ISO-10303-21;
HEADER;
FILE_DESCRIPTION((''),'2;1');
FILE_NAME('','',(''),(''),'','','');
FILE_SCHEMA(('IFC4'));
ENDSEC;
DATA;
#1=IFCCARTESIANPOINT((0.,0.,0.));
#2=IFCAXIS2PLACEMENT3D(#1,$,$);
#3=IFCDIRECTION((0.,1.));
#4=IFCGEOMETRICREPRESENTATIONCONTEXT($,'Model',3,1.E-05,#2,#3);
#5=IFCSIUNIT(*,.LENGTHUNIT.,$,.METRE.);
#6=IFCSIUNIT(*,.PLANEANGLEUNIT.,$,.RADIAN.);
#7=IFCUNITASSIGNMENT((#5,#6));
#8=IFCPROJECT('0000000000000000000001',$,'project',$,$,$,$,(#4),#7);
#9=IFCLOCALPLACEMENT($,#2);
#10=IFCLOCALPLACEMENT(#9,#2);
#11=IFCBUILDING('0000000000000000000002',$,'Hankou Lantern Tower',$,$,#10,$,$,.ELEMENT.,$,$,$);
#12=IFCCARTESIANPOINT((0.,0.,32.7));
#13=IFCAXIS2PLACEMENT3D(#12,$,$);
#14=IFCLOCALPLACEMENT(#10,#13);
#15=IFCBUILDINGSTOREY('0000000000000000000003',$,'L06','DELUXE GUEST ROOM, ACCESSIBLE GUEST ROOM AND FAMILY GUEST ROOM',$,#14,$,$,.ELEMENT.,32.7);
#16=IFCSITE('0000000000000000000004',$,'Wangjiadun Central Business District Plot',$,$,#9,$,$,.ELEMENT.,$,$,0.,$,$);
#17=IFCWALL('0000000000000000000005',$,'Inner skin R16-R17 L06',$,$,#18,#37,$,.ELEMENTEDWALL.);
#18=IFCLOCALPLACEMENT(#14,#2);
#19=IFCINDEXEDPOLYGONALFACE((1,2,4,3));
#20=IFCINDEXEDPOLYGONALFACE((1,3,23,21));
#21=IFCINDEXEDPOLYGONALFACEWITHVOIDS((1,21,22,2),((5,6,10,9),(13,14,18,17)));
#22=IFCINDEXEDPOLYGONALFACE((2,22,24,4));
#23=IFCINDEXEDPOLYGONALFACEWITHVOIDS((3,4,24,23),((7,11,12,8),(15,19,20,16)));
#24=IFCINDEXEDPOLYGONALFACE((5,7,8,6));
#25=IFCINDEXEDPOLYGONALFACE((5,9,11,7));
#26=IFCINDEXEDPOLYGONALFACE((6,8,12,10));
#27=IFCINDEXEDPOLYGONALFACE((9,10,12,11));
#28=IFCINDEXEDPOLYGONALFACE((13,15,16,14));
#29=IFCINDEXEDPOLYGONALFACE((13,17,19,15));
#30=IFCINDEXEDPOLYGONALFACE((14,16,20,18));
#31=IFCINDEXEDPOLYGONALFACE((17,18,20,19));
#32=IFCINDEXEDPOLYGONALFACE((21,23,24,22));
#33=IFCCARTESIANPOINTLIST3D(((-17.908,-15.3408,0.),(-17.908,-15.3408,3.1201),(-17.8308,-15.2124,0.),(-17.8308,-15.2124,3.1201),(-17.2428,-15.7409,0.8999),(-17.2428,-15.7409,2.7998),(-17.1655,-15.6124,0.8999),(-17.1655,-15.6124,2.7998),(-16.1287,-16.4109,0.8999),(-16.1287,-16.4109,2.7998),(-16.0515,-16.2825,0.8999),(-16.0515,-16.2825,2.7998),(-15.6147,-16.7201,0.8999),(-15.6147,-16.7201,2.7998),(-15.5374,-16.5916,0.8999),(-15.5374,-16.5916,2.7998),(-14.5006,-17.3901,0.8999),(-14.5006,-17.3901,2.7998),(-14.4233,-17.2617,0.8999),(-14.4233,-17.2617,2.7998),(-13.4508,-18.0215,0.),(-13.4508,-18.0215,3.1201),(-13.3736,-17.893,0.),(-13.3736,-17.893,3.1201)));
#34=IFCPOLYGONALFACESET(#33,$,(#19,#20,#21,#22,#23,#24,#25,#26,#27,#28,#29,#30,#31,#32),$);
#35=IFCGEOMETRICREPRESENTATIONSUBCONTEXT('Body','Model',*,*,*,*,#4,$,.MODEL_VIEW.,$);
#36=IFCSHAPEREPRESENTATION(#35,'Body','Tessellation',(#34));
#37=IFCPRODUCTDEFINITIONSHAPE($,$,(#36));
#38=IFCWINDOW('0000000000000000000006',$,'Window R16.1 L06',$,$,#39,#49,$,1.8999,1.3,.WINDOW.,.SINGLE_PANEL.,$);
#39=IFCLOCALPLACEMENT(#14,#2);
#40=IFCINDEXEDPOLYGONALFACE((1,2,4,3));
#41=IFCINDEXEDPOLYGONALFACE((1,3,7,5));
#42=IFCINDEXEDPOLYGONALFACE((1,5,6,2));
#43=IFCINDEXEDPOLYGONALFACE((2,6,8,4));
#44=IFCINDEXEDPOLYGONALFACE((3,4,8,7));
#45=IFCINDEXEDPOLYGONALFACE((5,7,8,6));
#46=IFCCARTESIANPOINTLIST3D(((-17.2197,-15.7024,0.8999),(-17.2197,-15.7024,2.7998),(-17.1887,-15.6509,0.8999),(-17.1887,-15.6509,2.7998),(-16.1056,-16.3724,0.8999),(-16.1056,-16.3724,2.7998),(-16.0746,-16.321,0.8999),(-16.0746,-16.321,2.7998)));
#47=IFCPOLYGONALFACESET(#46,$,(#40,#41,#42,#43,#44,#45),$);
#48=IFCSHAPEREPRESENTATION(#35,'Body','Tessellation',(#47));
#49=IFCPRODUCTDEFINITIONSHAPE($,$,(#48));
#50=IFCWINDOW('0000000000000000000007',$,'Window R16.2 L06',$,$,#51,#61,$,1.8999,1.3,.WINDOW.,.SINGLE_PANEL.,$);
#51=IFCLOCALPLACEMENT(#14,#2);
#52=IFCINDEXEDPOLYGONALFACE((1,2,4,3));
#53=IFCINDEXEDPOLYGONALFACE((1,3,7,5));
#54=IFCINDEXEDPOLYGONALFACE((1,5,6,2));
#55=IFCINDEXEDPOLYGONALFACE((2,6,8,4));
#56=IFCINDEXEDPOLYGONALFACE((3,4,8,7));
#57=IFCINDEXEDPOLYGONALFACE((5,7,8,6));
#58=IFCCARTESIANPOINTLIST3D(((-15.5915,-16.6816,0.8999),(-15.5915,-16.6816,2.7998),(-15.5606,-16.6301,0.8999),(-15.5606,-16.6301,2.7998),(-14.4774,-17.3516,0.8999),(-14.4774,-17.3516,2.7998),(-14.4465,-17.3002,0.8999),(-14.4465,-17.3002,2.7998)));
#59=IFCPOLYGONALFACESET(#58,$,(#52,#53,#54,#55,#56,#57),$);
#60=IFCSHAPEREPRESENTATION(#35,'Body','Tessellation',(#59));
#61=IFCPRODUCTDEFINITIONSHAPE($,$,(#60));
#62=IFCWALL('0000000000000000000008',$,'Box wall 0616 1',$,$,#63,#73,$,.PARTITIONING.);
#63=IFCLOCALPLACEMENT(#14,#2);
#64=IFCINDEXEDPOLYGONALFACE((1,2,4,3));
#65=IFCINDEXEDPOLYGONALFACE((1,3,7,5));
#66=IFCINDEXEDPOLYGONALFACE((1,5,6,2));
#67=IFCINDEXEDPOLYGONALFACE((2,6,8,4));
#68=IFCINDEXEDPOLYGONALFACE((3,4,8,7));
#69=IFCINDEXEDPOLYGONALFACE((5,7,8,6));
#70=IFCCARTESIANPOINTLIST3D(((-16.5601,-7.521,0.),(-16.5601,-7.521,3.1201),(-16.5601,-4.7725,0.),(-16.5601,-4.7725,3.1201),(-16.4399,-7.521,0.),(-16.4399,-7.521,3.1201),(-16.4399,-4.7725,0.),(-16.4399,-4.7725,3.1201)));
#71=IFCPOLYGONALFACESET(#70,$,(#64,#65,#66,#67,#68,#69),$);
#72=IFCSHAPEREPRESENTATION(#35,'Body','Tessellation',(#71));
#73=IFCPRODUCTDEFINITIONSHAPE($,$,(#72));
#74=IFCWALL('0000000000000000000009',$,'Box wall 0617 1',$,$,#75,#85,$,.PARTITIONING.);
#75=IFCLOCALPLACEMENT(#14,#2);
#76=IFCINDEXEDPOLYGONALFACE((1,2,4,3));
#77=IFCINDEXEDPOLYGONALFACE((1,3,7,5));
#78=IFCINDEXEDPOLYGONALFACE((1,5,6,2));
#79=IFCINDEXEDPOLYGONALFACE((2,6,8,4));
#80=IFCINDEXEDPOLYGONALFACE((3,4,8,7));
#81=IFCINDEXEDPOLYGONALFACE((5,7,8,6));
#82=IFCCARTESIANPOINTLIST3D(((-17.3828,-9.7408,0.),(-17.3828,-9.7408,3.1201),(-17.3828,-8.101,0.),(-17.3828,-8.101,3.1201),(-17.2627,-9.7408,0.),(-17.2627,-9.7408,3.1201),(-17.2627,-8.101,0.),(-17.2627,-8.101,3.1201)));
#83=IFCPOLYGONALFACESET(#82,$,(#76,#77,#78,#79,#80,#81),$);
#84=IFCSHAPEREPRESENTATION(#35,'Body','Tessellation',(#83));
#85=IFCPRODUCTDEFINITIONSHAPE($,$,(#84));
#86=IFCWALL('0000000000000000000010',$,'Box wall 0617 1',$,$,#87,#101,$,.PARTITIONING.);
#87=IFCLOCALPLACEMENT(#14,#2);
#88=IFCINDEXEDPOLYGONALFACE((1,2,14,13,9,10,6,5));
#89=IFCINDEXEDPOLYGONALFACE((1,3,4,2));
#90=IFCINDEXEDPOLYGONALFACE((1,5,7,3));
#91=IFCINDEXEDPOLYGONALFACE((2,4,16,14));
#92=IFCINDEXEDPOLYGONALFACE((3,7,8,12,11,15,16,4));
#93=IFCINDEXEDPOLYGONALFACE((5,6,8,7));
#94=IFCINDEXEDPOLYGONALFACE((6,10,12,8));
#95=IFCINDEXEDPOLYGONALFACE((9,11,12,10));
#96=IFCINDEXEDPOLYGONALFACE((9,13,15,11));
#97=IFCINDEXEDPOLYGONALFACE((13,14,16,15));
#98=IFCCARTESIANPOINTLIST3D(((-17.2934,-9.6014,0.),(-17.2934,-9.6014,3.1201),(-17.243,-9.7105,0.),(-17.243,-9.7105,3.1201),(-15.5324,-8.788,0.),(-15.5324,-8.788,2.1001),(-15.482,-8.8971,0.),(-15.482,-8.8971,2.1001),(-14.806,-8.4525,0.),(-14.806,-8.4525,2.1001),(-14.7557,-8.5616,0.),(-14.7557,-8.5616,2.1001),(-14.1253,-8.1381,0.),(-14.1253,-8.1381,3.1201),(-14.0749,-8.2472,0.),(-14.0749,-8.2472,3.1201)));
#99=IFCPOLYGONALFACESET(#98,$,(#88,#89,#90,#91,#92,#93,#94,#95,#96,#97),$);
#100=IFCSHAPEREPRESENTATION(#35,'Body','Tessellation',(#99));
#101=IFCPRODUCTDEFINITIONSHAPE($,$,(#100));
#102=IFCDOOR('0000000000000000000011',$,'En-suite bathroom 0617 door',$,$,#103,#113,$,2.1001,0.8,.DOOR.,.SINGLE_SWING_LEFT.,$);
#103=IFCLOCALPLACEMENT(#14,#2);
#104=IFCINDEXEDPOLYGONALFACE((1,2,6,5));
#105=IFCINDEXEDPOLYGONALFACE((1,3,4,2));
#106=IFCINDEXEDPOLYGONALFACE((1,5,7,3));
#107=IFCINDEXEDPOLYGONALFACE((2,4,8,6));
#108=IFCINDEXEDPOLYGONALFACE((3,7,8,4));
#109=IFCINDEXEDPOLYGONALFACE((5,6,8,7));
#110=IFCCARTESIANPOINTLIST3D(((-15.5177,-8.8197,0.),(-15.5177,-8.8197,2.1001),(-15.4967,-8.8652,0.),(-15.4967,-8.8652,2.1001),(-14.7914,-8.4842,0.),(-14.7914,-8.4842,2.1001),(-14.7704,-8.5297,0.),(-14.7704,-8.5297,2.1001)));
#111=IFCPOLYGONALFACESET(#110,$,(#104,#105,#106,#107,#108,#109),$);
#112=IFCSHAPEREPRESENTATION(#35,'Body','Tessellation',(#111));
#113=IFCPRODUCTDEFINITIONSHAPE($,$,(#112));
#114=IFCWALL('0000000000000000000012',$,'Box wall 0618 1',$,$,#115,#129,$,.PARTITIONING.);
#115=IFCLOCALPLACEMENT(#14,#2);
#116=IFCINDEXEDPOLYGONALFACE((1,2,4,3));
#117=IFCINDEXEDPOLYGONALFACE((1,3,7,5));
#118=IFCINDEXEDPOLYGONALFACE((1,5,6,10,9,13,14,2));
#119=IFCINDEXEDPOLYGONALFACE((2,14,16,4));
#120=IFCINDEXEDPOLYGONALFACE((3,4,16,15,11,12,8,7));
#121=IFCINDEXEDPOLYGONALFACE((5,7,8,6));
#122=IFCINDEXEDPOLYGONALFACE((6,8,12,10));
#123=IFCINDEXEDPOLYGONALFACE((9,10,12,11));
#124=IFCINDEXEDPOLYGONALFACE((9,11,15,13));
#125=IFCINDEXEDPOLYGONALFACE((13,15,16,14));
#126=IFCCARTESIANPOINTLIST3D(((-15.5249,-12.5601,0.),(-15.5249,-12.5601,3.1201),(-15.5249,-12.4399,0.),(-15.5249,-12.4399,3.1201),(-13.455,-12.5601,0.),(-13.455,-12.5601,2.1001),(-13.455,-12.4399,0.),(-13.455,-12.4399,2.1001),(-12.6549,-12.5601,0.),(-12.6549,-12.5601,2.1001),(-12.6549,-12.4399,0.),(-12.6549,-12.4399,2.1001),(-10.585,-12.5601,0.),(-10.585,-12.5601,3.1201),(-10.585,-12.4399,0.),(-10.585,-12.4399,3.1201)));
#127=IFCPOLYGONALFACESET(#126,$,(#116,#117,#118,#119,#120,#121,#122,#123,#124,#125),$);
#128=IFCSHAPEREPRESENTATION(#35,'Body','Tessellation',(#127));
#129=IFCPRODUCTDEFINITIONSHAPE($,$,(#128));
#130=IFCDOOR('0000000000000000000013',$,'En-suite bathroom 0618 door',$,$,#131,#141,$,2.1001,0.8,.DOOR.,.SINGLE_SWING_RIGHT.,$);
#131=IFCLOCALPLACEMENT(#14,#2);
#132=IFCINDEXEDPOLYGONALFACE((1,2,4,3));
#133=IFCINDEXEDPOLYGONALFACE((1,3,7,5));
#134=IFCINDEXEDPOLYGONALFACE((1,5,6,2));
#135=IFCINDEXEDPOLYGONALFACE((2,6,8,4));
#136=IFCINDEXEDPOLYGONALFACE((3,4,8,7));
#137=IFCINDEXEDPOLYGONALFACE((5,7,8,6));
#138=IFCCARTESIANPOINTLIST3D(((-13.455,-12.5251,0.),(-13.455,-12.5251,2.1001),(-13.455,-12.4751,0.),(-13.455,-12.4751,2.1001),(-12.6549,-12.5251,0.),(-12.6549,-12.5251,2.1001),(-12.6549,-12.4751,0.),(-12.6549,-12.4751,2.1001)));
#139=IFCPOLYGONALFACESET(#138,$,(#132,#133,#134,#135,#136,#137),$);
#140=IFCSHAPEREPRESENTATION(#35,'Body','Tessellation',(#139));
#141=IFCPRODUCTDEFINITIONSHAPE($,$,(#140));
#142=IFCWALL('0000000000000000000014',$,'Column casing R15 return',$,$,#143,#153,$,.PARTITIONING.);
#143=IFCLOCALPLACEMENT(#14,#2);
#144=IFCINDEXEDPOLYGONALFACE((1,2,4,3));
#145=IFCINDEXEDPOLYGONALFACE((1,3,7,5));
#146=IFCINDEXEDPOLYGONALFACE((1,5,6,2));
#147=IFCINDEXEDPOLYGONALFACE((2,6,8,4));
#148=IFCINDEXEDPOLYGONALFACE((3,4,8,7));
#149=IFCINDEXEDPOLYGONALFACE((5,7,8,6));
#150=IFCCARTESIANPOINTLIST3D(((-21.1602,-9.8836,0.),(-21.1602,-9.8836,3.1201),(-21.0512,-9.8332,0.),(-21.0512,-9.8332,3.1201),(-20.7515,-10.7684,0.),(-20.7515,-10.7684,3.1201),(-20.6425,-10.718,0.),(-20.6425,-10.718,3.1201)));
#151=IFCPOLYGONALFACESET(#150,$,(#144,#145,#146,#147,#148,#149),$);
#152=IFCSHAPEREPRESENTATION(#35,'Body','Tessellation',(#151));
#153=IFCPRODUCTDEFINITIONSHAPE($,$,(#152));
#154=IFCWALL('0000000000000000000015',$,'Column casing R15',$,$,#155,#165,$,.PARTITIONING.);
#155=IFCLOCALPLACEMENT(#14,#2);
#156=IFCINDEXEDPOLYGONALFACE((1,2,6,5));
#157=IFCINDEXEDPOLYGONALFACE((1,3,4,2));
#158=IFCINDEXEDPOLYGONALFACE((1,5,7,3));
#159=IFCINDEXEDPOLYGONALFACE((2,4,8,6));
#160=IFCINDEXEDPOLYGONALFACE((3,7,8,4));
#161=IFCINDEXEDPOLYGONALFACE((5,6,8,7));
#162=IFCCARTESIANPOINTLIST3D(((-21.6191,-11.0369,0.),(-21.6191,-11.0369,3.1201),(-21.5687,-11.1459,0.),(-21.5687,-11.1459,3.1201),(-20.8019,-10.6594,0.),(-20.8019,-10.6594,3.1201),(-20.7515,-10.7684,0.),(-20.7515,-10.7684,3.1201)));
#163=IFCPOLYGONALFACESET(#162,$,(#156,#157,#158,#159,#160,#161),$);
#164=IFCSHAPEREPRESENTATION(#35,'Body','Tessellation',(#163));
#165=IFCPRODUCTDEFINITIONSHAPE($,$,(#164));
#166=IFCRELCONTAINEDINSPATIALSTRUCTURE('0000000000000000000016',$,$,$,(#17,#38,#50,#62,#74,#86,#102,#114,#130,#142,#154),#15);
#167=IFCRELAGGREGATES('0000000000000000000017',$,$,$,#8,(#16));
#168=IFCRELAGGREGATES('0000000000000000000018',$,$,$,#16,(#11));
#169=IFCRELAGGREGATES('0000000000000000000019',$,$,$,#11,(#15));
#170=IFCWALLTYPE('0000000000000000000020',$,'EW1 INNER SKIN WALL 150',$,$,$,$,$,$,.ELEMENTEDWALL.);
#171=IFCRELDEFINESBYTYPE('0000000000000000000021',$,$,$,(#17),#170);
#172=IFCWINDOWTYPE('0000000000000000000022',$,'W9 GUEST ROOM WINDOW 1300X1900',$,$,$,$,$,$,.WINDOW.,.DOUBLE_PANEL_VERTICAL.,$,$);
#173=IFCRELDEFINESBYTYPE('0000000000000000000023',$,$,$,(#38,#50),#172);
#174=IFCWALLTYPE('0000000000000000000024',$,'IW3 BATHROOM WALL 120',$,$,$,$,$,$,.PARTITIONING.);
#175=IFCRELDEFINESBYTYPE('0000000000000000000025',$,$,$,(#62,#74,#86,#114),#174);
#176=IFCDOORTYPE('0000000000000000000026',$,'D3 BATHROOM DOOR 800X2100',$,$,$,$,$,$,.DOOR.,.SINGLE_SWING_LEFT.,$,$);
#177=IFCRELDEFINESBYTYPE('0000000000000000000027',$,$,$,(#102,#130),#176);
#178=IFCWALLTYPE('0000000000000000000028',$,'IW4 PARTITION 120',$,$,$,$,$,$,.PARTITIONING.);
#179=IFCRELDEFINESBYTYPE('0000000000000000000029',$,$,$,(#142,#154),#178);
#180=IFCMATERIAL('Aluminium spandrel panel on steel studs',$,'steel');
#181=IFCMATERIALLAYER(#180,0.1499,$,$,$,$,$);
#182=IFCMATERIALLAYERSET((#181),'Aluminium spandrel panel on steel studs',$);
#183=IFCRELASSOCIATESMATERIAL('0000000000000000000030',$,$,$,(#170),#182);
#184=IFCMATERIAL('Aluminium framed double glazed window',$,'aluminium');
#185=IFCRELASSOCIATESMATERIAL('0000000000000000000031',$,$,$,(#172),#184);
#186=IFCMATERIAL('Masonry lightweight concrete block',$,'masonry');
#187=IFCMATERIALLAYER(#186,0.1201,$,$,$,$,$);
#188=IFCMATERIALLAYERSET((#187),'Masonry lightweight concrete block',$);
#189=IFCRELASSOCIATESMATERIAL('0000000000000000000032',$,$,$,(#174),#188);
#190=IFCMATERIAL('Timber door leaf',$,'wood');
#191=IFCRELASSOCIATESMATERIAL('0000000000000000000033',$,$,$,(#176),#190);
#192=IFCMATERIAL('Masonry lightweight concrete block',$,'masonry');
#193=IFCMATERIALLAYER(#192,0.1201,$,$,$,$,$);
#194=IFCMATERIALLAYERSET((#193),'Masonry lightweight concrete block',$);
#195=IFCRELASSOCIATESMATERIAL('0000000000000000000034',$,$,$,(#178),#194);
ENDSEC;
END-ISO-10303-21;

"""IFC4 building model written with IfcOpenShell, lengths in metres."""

from ifc_helpers import new_model, si_unit, direction, frame, frame_2d, origin, place, context, subcontext, project, spatial, rectangle, extrude, material, layer, layer_set, type_object, element, fill, save


model = new_model("IFC4")

# Units and contexts
model_context = context("Model", 3, precision=1e-05, world=origin(), true_north=direction((0.0, 1.0)))
body_context = subcontext(model_context, "Body", "Model", "MODEL_VIEW")
ifc_project = project(units=[si_unit("LENGTHUNIT", "METRE"), si_unit("PLANEANGLEUNIT", "RADIAN")], contexts=[model_context])

# Site, building, storey
site_placement = place(None, origin())
site = spatial("IfcSite", under=ifc_project, at=site_placement, Name="Wangjiadun Central Business District Plot", CompositionType="ELEMENT", RefElevation=0.0)
building_placement = place(site_placement, origin())
building = spatial("IfcBuilding", under=site, at=building_placement, Name="Hankou Lantern Tower", CompositionType="ELEMENT")
storey_placement = place(building_placement, frame((0.0, 0.0, 32.7)))
storey = spatial("IfcBuildingStorey", under=building, at=storey_placement, Name="L06", Description="DELUXE GUEST ROOM, ACCESSIBLE GUEST ROOM AND FAMILY GUEST ROOM", CompositionType="ELEMENT", Elevation=32.7)

# Wall, openings, windows
ifc_material_1 = material(Name="Aluminium spandrel panel on steel studs", Category="steel")
ifc_layer_1 = layer(ifc_material_1, 0.1499)
ifc_layer_set_1 = layer_set([ifc_layer_1], Name="Aluminium spandrel panel on steel studs")
wall_type_1 = type_object("IfcWallType", Name="EW1 INNER SKIN WALL 150", PredefinedType="ELEMENTEDWALL", material=ifc_layer_set_1)
ifc_material_2 = material(Name="Aluminium framed double glazed window", Category="aluminium")
window_type = type_object("IfcWindowType", Name="W9 GUEST ROOM WINDOW 1300X1900", PartitioningType="DOUBLE_PANEL_VERTICAL", PredefinedType="WINDOW", material=ifc_material_2)
wall_1_placement = place(storey_placement, frame((-17.8694, -15.2766, 0.0), z_axis=(0.0, 0.0, 1.0), x_axis=(0.856958, -0.515386, 0.0)))
wall_1 = element("IfcWall", 1, at=wall_1_placement, inside=storey, type_object=wall_type_1, Name="Inner skin R16-R17 L06", PredefinedType="ELEMENTEDWALL", context=body_context, shape_type="SweptSolid", body=[
    extrude(rectangle(XDim=5.2012, YDim=0.1499, at=frame_2d((2.6006, 0.0))), origin(), (0.0, 0.0, 1.0), 3.1201),
])
opening_1_placement = place(wall_1_placement, frame((0.7764, 0.0, 0.8999)))
opening_1 = element("IfcOpeningElement", 2, at=opening_1_placement, cuts=wall_1, PredefinedType="OPENING", context=body_context, shape_type="SweptSolid", body=[
    extrude(rectangle(XDim=1.3, YDim=1.8999, at=frame_2d((0.6499, 0.95))), frame((0.0, 0.085, 0.0), z_axis=(0.0, -1.0, 0.0), x_axis=(1.0, 0.0, 0.0)), (0.0, 0.0, 1.0), 0.1699),
])
opening_2_placement = place(wall_1_placement, frame((2.6763, 0.0, 0.8999)))
opening_2 = element("IfcOpeningElement", 3, at=opening_2_placement, cuts=wall_1, PredefinedType="OPENING", context=body_context, shape_type="SweptSolid", body=[
    extrude(rectangle(XDim=1.3, YDim=1.8999, at=frame_2d((0.6499, 0.95))), frame((0.0, 0.085, 0.0), z_axis=(0.0, -1.0, 0.0), x_axis=(1.0, 0.0, 0.0)), (0.0, 0.0, 1.0), 0.1699),
])
window_1_placement = place(opening_1_placement, origin())
window_1 = element("IfcWindow", 4, at=window_1_placement, inside=storey, type_object=window_type, Name="Window R16.1 L06", OverallHeight=1.8999, OverallWidth=1.3, PartitioningType="SINGLE_PANEL", PredefinedType="WINDOW", context=body_context, shape_type="SweptSolid", body=[
    extrude(rectangle(XDim=1.3, YDim=1.8999, at=frame_2d((0.6499, 0.95))), frame((0.0, 0.03, 0.0), z_axis=(0.0, -1.0, 0.0), x_axis=(1.0, 0.0, 0.0)), (0.0, 0.0, 1.0), 0.0601),
])
fill(opening_1, window_1)
window_2_placement = place(opening_2_placement, origin())
window_2 = element("IfcWindow", 5, at=window_2_placement, inside=storey, type_object=window_type, Name="Window R16.2 L06", OverallHeight=1.8999, OverallWidth=1.3, PartitioningType="SINGLE_PANEL", PredefinedType="WINDOW", context=body_context, shape_type="SweptSolid", body=[
    extrude(rectangle(XDim=1.3, YDim=1.8999, at=frame_2d((0.6499, 0.95))), frame((0.0, 0.03, 0.0), z_axis=(0.0, -1.0, 0.0), x_axis=(1.0, 0.0, 0.0)), (0.0, 0.0, 1.0), 0.0601),
])
fill(opening_2, window_2)

# Walls
ifc_material_3 = material(Name="Masonry lightweight concrete block", Category="masonry")
ifc_layer_2 = layer(ifc_material_3, 0.1201)
ifc_layer_set_2 = layer_set([ifc_layer_2], Name="Masonry lightweight concrete block")
wall_type_2 = type_object("IfcWallType", Name="IW3 BATHROOM WALL 120", PredefinedType="PARTITIONING", material=ifc_layer_set_2)
wall_2_placement = place(storey_placement, frame((-16.5, -7.521, 0.0), z_axis=(0.0, 0.0, 1.0), x_axis=(0.0, 1.0, 0.0)))
element("IfcWall", 6, at=wall_2_placement, inside=storey, type_object=wall_type_2, Name="Box wall 0616 1", PredefinedType="PARTITIONING", context=body_context, shape_type="SweptSolid", body=[
    extrude(rectangle(XDim=2.7485, YDim=0.1201, at=frame_2d((1.3743, 0.0))), origin(), (0.0, 0.0, 1.0), 3.1201),
])
wall_3_placement = place(storey_placement, frame((-17.3228, -8.1011, 0.0), z_axis=(0.0, 0.0, 1.0), x_axis=(0.0, -1.0, 0.0)))
element("IfcWall", 7, at=wall_3_placement, inside=storey, type_object=wall_type_2, Name="Box wall 0617 1", PredefinedType="PARTITIONING", context=body_context, shape_type="SweptSolid", body=[
    extrude(rectangle(XDim=1.6399, YDim=0.1201, at=frame_2d((0.8198, 0.0))), origin(), (0.0, 0.0, 1.0), 3.1201),
])

# Walls, openings, doors
wall_4_placement = place(storey_placement, frame((-14.1001, -8.1926, 0.0), z_axis=(0.0, 0.0, 1.0), x_axis=(-0.907836, -0.419324, 0.0)))
wall_4 = element("IfcWall", 8, at=wall_4_placement, inside=storey, type_object=wall_type_2, Name="Box wall 0617 1", PredefinedType="PARTITIONING", context=body_context, shape_type="SweptSolid", body=[
    extrude(rectangle(XDim=3.4897, YDim=0.1201, at=frame_2d((1.7449, 0.0))), origin(), (0.0, 0.0, 1.0), 3.1201),
])
opening_3_placement = place(wall_4_placement, frame((0.75, 0.0, 0.0)))
opening_3 = element("IfcOpeningElement", 9, at=opening_3_placement, cuts=wall_4, PredefinedType="OPENING", context=body_context, shape_type="SweptSolid", body=[
    extrude(rectangle(XDim=0.8, YDim=2.1001, at=frame_2d((0.3999, 1.05))), frame((0.0, 0.0701, 0.0), z_axis=(0.0, -1.0, 0.0), x_axis=(1.0, 0.0, 0.0)), (0.0, 0.0, 1.0), 0.1401),
])
ifc_material_4 = material(Name="Timber door leaf", Category="wood")
door_type = type_object("IfcDoorType", Name="D3 BATHROOM DOOR 800X2100", OperationType="SINGLE_SWING_LEFT", PredefinedType="DOOR", material=ifc_material_4)
door_1_placement = place(opening_3_placement, origin())
door_1 = element("IfcDoor", 10, at=door_1_placement, inside=storey, type_object=door_type, Name="En-suite bathroom 0617 door", OperationType="SINGLE_SWING_LEFT", OverallHeight=2.1001, OverallWidth=0.8, PredefinedType="DOOR", context=body_context, shape_type="SweptSolid", body=[
    extrude(rectangle(XDim=0.8, YDim=2.1001, at=frame_2d((0.3999, 1.05))), frame((0.0, 0.0249, 0.0), z_axis=(0.0, -1.0, 0.0), x_axis=(1.0, 0.0, 0.0)), (0.0, 0.0, 1.0), 0.05),
])
fill(opening_3, door_1)
wall_5_placement = place(storey_placement, frame((-15.5249, -12.5, 0.0), z_axis=(0.0, 0.0, 1.0), x_axis=(1.0, 0.0, 0.0)))
wall_5 = element("IfcWall", 11, at=wall_5_placement, inside=storey, type_object=wall_type_2, Name="Box wall 0618 1", PredefinedType="PARTITIONING", context=body_context, shape_type="SweptSolid", body=[
    extrude(rectangle(XDim=4.9399, YDim=0.1201, at=frame_2d((2.47, 0.0))), origin(), (0.0, 0.0, 1.0), 3.1201),
])
opening_4_placement = place(wall_5_placement, frame((2.0701, 0.0, 0.0)))
opening_4 = element("IfcOpeningElement", 12, at=opening_4_placement, cuts=wall_5, PredefinedType="OPENING", context=body_context, shape_type="SweptSolid", body=[
    extrude(rectangle(XDim=0.8, YDim=2.1001, at=frame_2d((0.3999, 1.05))), frame((0.0, 0.0701, 0.0), z_axis=(0.0, -1.0, 0.0), x_axis=(1.0, 0.0, 0.0)), (0.0, 0.0, 1.0), 0.1401),
])
door_2_placement = place(opening_4_placement, origin())
door_2 = element("IfcDoor", 13, at=door_2_placement, inside=storey, type_object=door_type, Name="En-suite bathroom 0618 door", OperationType="SINGLE_SWING_RIGHT", OverallHeight=2.1001, OverallWidth=0.8, PredefinedType="DOOR", context=body_context, shape_type="SweptSolid", body=[
    extrude(rectangle(XDim=0.8, YDim=2.1001, at=frame_2d((0.3999, 1.05))), frame((0.0, 0.0249, 0.0), z_axis=(0.0, -1.0, 0.0), x_axis=(1.0, 0.0, 0.0)), (0.0, 0.0, 1.0), 0.05),
])
fill(opening_4, door_2)

# Walls
ifc_material_5 = material(Name="Masonry lightweight concrete block", Category="masonry")
ifc_layer_3 = layer(ifc_material_5, 0.1201)
ifc_layer_set_3 = layer_set([ifc_layer_3], Name="Masonry lightweight concrete block")
wall_type_3 = type_object("IfcWallType", Name="IW4 PARTITION 120", PredefinedType="PARTITIONING", material=ifc_layer_set_3)
wall_6_placement = place(storey_placement, frame((-21.1057, -9.8584, 0.0), z_axis=(0.0, 0.0, 1.0), x_axis=(0.419344, -0.907827, 0.0)))
element("IfcWall", 14, at=wall_6_placement, inside=storey, type_object=wall_type_3, Name="Column casing R15 return", PredefinedType="PARTITIONING", context=body_context, shape_type="SweptSolid", body=[
    extrude(rectangle(XDim=0.9746, YDim=0.1201, at=frame_2d((0.4873, 0.0))), origin(), (0.0, 0.0, 1.0), 3.1201),
])
wall_7_placement = place(storey_placement, frame((-20.7766, -10.7139, 0.0), z_axis=(0.0, 0.0, 1.0), x_axis=(-0.907832, -0.419333, 0.0)))
element("IfcWall", 15, at=wall_7_placement, inside=storey, type_object=wall_type_3, Name="Column casing R15", PredefinedType="PARTITIONING", context=body_context, shape_type="SweptSolid", body=[
    extrude(rectangle(XDim=0.9001, YDim=0.1201, at=frame_2d((0.4502, 0.0))), origin(), (0.0, 0.0, 1.0), 3.1201),
])

save(model, "model.ifc")
